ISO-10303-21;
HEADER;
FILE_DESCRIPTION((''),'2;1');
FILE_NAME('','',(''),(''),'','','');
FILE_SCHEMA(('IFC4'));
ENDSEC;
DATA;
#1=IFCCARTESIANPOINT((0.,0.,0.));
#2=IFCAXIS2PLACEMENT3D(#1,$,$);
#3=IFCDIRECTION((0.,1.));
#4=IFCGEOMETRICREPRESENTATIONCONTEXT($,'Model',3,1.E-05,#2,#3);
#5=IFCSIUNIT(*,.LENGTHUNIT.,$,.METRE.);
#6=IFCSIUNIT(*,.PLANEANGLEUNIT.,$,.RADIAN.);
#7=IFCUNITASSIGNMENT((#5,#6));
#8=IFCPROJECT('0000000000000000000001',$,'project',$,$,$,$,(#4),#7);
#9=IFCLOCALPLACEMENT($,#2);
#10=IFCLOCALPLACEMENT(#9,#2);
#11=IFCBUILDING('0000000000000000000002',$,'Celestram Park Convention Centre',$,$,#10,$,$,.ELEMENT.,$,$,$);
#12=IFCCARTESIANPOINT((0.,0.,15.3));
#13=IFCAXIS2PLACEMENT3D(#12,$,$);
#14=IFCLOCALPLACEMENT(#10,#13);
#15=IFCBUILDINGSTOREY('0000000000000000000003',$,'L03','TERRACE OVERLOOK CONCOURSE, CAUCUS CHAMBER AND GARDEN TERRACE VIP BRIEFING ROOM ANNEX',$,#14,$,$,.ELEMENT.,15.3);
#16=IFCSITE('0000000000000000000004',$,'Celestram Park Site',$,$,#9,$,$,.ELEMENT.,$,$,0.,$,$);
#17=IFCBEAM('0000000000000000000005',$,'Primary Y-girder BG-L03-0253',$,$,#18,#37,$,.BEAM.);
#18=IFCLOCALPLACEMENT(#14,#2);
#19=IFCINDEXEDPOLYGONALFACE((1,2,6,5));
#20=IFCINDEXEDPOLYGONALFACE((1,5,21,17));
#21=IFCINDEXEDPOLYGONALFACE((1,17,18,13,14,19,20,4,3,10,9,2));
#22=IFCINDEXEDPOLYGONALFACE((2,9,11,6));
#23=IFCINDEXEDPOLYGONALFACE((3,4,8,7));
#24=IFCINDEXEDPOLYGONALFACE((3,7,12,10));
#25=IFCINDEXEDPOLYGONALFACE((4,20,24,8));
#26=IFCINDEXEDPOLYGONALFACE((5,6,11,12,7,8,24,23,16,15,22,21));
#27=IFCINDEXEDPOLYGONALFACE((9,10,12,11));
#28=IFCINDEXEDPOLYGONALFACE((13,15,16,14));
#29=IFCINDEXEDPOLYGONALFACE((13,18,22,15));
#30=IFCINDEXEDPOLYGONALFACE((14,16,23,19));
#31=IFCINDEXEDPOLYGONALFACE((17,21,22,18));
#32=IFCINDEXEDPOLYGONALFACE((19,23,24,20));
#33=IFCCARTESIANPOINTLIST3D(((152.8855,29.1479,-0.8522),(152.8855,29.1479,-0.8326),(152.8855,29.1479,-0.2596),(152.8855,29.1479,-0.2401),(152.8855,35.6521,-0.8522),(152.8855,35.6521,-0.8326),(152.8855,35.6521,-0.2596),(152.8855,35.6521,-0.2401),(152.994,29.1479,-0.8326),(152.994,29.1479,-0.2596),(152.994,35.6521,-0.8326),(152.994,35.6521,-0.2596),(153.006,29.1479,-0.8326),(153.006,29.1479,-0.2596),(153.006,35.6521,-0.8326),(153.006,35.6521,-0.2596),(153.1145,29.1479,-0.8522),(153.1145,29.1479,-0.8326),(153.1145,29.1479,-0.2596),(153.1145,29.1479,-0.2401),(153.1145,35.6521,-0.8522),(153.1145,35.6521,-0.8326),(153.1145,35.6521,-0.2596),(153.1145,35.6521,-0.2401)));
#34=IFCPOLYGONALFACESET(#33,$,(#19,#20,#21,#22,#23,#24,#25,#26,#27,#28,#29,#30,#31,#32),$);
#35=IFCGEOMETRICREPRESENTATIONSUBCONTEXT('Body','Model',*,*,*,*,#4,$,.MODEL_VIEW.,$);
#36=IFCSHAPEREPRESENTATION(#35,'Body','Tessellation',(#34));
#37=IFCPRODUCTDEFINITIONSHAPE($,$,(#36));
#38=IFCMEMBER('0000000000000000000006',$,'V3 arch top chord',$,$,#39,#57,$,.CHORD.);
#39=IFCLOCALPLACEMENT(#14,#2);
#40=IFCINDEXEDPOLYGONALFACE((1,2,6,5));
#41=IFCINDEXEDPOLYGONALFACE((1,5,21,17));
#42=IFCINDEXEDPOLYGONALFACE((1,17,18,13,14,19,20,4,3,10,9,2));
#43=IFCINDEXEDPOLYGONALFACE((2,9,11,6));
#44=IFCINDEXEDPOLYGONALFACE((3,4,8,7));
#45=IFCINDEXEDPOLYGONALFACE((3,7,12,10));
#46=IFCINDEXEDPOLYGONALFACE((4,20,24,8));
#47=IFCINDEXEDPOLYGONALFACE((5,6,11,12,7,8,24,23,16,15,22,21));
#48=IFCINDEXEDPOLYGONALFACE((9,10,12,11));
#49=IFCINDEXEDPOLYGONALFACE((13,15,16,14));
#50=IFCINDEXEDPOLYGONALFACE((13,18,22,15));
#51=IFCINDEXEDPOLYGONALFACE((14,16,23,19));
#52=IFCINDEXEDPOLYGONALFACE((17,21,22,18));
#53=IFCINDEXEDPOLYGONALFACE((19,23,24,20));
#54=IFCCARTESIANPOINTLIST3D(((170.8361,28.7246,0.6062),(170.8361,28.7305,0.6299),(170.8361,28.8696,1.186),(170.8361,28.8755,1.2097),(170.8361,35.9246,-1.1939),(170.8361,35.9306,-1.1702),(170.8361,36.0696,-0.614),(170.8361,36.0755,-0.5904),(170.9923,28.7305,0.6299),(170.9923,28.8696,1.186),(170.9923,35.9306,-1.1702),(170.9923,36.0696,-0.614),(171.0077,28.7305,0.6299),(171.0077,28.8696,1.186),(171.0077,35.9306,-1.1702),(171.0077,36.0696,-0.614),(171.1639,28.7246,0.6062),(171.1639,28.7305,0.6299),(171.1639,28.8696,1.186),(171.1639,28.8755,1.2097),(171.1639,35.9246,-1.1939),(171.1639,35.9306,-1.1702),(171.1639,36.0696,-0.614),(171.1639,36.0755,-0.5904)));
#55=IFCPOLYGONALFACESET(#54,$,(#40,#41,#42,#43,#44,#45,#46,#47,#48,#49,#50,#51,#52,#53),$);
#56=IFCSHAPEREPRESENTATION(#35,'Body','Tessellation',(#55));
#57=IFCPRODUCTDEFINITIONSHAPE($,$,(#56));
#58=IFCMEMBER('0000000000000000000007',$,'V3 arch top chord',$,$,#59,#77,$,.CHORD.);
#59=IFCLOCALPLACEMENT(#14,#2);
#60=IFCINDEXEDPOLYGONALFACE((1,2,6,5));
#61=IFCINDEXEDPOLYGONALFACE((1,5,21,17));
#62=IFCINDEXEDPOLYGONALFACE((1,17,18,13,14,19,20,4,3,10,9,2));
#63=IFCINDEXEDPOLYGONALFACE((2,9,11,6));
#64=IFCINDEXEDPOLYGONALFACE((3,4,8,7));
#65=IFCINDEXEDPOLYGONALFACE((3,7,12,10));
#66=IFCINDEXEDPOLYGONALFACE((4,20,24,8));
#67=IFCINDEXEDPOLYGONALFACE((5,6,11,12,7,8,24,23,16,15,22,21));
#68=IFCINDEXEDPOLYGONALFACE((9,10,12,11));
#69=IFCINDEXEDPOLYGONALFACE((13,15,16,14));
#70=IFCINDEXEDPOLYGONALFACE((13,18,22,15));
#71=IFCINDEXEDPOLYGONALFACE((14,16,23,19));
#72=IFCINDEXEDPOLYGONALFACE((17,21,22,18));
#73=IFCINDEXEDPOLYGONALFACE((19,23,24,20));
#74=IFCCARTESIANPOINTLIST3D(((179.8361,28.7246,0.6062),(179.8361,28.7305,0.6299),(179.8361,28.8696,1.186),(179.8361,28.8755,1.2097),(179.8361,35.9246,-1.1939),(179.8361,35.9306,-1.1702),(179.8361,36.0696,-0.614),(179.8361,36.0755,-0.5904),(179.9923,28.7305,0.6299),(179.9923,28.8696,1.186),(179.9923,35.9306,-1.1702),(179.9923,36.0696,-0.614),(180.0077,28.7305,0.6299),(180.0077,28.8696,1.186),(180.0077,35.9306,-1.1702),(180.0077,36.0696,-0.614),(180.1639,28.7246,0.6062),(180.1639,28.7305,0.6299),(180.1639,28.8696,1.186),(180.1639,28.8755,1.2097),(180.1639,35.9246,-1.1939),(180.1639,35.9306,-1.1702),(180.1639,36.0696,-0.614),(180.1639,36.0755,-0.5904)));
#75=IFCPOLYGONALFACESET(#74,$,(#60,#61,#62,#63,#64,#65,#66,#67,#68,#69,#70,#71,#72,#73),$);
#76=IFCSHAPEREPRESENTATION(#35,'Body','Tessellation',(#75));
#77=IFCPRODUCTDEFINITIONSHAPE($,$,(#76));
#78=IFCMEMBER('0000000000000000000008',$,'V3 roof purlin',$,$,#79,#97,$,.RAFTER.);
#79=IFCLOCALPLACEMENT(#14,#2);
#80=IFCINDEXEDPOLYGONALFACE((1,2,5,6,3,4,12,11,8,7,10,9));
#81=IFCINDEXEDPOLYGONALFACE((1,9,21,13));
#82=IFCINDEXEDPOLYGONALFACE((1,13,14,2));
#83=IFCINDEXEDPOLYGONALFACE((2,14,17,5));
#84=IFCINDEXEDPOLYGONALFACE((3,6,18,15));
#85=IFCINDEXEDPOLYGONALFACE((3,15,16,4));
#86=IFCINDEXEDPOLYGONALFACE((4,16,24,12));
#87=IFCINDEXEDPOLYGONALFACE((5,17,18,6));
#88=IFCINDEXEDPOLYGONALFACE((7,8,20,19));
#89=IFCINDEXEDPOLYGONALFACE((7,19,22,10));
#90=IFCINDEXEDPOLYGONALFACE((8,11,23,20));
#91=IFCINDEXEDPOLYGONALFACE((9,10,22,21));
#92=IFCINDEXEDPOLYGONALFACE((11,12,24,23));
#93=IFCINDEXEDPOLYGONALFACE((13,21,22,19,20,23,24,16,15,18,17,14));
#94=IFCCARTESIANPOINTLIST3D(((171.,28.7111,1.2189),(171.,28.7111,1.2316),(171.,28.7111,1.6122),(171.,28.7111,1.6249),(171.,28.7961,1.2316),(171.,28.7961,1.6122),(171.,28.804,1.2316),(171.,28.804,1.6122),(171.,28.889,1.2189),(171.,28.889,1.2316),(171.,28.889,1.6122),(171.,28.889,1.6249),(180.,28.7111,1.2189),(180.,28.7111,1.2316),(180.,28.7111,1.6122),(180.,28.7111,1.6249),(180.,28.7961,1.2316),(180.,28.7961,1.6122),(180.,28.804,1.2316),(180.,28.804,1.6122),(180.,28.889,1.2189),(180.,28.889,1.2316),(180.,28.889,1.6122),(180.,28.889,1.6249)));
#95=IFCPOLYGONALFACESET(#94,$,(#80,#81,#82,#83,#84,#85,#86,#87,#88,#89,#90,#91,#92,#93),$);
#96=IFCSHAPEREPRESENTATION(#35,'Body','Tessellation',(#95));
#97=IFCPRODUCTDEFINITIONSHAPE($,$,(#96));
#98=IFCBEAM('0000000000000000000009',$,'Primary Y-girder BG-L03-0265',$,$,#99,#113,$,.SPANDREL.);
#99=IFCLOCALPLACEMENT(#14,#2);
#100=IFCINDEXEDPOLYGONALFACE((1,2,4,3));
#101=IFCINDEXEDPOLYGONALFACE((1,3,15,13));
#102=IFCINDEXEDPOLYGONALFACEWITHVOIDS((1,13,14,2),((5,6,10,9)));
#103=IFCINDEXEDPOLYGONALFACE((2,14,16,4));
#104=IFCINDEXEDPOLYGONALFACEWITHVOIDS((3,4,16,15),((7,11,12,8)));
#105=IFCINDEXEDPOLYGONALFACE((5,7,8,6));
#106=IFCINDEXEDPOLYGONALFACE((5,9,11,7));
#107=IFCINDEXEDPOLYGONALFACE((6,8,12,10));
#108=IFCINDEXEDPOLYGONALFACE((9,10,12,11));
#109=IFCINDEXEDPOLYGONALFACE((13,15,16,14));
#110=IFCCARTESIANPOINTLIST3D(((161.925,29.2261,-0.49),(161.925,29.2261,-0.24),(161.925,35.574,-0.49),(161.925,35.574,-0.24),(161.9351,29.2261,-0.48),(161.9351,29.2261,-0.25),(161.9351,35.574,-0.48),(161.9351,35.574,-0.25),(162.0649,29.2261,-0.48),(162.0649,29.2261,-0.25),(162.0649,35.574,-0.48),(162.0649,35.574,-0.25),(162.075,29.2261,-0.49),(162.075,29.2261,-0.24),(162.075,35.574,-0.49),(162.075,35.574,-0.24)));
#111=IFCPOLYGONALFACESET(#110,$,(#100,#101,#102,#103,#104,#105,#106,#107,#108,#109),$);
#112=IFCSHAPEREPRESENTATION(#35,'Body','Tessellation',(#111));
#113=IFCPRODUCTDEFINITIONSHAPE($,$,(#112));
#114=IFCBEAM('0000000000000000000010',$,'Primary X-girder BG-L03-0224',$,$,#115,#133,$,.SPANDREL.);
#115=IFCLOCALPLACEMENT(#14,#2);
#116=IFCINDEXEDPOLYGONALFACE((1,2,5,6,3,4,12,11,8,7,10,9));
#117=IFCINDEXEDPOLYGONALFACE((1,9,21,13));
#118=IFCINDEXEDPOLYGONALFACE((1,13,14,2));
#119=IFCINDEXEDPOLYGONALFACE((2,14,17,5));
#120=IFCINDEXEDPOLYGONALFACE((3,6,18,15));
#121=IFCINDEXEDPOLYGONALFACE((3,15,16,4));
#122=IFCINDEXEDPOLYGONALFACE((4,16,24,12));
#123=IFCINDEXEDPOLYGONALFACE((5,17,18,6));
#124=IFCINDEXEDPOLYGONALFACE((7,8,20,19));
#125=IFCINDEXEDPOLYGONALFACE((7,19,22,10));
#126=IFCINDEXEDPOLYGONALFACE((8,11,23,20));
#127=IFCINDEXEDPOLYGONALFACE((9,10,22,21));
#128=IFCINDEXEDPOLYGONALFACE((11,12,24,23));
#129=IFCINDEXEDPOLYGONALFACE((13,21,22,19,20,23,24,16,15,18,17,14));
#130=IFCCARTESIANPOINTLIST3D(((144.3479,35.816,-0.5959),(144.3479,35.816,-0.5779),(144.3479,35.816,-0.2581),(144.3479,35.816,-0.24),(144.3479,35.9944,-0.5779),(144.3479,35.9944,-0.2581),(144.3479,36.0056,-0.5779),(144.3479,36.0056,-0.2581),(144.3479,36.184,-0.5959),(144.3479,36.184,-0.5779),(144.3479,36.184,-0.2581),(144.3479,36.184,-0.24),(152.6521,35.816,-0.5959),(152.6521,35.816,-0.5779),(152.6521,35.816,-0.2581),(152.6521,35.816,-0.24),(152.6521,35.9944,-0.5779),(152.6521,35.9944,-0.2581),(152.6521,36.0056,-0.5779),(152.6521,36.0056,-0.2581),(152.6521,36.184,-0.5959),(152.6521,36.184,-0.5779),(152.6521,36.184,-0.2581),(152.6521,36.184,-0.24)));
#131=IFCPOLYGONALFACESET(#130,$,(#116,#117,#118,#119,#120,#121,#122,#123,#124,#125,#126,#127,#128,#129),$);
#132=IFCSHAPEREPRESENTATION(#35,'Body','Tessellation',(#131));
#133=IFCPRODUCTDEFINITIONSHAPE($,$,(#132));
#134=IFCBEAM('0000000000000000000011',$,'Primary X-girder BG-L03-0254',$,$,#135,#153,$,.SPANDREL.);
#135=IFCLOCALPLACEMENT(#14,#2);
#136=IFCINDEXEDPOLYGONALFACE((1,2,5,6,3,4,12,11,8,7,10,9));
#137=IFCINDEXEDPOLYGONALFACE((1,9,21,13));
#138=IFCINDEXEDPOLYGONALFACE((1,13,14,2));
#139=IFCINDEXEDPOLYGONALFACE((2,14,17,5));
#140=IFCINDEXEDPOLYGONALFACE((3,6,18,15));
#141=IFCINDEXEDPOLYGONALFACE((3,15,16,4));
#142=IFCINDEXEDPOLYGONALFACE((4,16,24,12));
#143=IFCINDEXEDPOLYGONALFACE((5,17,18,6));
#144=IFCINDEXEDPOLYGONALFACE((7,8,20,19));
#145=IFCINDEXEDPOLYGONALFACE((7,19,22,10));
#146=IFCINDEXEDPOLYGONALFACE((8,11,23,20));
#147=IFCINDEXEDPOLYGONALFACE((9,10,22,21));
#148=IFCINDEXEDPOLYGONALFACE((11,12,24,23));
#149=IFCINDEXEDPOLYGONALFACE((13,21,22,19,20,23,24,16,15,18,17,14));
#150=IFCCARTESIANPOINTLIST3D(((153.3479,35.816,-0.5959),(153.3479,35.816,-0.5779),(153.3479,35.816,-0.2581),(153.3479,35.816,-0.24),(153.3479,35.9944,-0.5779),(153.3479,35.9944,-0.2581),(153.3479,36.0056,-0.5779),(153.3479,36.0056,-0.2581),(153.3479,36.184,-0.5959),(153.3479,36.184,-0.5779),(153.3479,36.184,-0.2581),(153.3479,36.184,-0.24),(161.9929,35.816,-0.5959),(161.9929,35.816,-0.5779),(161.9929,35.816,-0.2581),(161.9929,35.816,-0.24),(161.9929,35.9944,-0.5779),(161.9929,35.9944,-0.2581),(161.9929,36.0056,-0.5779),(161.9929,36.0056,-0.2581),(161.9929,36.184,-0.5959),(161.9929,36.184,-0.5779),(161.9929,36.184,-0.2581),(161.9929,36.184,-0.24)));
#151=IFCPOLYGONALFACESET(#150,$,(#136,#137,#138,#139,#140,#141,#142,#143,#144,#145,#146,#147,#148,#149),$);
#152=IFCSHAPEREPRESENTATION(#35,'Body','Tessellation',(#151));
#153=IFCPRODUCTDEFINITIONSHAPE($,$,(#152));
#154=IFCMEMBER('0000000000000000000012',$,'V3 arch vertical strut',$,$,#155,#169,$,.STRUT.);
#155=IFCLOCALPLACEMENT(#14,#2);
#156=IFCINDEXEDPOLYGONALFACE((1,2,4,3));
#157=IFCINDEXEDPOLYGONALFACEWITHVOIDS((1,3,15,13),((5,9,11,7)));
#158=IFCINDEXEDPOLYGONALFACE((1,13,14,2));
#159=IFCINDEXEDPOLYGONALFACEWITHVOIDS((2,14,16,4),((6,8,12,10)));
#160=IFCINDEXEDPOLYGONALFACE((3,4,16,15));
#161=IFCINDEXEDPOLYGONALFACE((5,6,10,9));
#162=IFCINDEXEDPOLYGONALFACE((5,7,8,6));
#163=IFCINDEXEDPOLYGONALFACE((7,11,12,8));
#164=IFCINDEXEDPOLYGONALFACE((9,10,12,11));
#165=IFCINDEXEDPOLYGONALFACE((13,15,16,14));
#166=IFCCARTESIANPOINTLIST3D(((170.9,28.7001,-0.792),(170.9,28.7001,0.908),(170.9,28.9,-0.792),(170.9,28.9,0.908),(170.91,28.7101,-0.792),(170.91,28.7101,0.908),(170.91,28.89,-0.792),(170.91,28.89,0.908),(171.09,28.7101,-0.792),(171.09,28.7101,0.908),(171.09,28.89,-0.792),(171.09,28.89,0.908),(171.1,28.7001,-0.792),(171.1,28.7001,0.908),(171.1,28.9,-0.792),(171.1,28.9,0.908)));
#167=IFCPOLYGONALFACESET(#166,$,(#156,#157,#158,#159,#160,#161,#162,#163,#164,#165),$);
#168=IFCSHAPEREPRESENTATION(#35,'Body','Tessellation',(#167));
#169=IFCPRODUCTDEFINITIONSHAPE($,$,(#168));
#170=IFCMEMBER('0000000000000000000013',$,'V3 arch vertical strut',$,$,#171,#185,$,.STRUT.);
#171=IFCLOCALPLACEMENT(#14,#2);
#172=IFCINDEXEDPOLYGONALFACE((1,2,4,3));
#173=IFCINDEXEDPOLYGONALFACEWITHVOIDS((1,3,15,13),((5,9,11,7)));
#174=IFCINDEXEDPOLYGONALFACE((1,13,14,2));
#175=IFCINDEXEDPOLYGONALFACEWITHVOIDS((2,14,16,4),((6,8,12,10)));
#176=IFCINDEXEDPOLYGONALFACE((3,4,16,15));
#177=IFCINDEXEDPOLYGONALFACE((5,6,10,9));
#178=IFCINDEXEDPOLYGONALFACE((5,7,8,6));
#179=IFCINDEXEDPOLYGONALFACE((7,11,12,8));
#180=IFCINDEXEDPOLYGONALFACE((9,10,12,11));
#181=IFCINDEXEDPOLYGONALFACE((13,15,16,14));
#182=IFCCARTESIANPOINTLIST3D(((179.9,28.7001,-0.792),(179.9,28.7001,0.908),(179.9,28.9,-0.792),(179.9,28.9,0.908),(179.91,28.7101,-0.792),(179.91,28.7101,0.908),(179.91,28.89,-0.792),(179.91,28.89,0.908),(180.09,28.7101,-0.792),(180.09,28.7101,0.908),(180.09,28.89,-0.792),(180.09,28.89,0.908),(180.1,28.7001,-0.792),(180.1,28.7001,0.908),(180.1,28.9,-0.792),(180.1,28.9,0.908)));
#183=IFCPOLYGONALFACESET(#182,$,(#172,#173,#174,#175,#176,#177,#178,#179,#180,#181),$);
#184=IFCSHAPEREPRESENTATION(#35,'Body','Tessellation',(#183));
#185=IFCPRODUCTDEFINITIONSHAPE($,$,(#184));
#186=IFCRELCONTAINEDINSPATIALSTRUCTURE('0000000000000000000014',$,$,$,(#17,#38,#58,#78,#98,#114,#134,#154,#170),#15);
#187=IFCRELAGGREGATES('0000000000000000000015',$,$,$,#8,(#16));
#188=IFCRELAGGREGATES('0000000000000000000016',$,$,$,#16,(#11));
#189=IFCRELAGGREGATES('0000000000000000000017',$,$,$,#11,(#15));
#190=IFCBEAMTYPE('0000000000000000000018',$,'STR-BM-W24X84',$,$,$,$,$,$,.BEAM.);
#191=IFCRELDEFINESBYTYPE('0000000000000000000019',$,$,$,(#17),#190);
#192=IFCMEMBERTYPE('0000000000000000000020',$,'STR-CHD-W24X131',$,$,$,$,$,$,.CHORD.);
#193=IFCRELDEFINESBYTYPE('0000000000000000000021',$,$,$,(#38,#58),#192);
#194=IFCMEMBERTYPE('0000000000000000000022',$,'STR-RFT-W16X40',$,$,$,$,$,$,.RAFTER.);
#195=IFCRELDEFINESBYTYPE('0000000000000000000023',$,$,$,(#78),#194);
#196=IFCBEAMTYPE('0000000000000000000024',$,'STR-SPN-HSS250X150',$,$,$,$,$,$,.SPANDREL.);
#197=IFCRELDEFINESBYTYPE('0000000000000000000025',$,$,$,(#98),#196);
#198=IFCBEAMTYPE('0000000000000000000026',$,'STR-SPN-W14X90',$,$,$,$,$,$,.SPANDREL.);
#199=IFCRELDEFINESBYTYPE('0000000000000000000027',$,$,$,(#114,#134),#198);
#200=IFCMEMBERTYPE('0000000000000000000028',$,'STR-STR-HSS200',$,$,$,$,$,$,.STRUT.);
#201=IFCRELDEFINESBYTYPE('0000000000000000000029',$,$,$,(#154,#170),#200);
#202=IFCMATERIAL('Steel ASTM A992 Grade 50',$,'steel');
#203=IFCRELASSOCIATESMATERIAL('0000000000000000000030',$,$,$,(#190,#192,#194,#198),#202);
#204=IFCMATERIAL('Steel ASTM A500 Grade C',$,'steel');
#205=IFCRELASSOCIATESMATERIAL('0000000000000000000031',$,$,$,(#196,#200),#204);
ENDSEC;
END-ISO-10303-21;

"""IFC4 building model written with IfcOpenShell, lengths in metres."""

from ifc_helpers import new_model, si_unit, direction, frame, origin, origin_2d, place, context, subcontext, project, spatial, hollow_rectangle, i_section, extrude, material, material_profile, profile_set, type_object, element, save


model = new_model("IFC4")

# Units and contexts
model_context = context("Model", 3, precision=1e-05, world=origin(), true_north=direction((0.0, 1.0)))
body_context = subcontext(model_context, "Body", "Model", "MODEL_VIEW")
ifc_project = project(units=[si_unit("LENGTHUNIT", "METRE"), si_unit("PLANEANGLEUNIT", "RADIAN")], contexts=[model_context])

# Site, building, storey
site_placement = place(None, origin())
site = spatial("IfcSite", under=ifc_project, at=site_placement, Name="Celestram Park Site", CompositionType="ELEMENT", RefElevation=0.0)
building_placement = place(site_placement, origin())
building = spatial("IfcBuilding", under=site, at=building_placement, Name="Celestram Park Convention Centre", CompositionType="ELEMENT")
storey_placement = place(building_placement, frame((0.0, 0.0, 15.3)))
storey = spatial("IfcBuildingStorey", under=building, at=storey_placement, Name="L03", Description="TERRACE OVERLOOK CONCOURSE, CAUCUS CHAMBER AND GARDEN TERRACE VIP BRIEFING ROOM ANNEX", CompositionType="ELEMENT", Elevation=15.3)

# Beam
ifc_material_1 = material(Name="Steel ASTM A992 Grade 50", Category="steel")
ifc_material_profile_1 = material_profile(ifc_material_1, i_section(OverallWidth=0.229, OverallDepth=0.6121, WebThickness=0.012, FlangeThickness=0.0195, at=origin_2d()), Name="W24X84")
ifc_profile_set_1 = profile_set([ifc_material_profile_1], Name="Steel ASTM A992 Grade 50")
beam_type_1 = type_object("IfcBeamType", Name="STR-BM-W24X84", PredefinedType="BEAM", material=ifc_profile_set_1)
beam_1_placement = place(storey_placement, frame((153.0, 29.1479, -0.5461), z_axis=(0.0, 1.0, 0.0), x_axis=(-1.0, 0.0, 0.0)))
element("IfcBeam", 1, at=beam_1_placement, inside=storey, type_object=beam_type_1, Name="Primary Y-girder BG-L03-0253", PredefinedType="BEAM", context=body_context, shape_type="SweptSolid", body=[
    extrude(i_section(OverallWidth=0.229, OverallDepth=0.6121, WebThickness=0.012, FlangeThickness=0.0195, at=origin_2d()), origin(), (0.0, 0.0, 1.0), 6.5042),
])

# Members
ifc_material_profile_2 = material_profile(ifc_material_1, i_section(OverallWidth=0.3279, OverallDepth=0.6221, WebThickness=0.0154, FlangeThickness=0.0244, at=origin_2d()), Name="W24X131")
ifc_profile_set_2 = profile_set([ifc_material_profile_2], Name="Steel ASTM A992 Grade 50")
member_type_1 = type_object("IfcMemberType", Name="STR-CHD-W24X131", PredefinedType="CHORD", material=ifc_profile_set_2)
for number, where, z_axis, x_axis, name in (
    (2, (171.0, 28.8, 0.908), (0.0, 0.970141, -0.242543), (-1.0, 0.0, 0.0), "V3 arch top chord"),
    (3, (180.0, 28.8, 0.908), (0.0, 0.970141, -0.242543), (-1.0, 0.0, 0.0), "V3 arch top chord"),
):
    element("IfcMember", number, at=place(storey_placement, frame(where, z_axis=z_axis, x_axis=x_axis)), inside=storey, type_object=member_type_1, Name=name, PredefinedType="CHORD", context=body_context, shape_type="SweptSolid", body=[
        extrude(i_section(OverallWidth=0.3279, OverallDepth=0.6221, WebThickness=0.0154, FlangeThickness=0.0244, at=origin_2d()), origin(), (0.0, 0.0, 1.0), 7.4216),
    ])
ifc_material_profile_3 = material_profile(ifc_material_1, i_section(OverallWidth=0.178, OverallDepth=0.406, WebThickness=0.0078, FlangeThickness=0.0127, at=origin_2d()), Name="W16X40")
ifc_profile_set_3 = profile_set([ifc_material_profile_3], Name="Steel ASTM A992 Grade 50")
member_type_2 = type_object("IfcMemberType", Name="STR-RFT-W16X40", PredefinedType="RAFTER", material=ifc_profile_set_3)
member_placement = place(storey_placement, frame((171.0, 28.8, 1.4219), z_axis=(1.0, 0.0, 0.0), x_axis=(0.0, 1.0, 0.0)))
element("IfcMember", 4, at=member_placement, inside=storey, type_object=member_type_2, Name="V3 roof purlin", PredefinedType="RAFTER", context=body_context, shape_type="SweptSolid", body=[
    extrude(i_section(OverallWidth=0.178, OverallDepth=0.406, WebThickness=0.0078, FlangeThickness=0.0127, at=origin_2d()), origin(), (0.0, 0.0, 1.0), 9.0),
])

# Beams
ifc_material_2 = material(Name="Steel ASTM A500 Grade C", Category="steel")
ifc_material_profile_4 = material_profile(ifc_material_2, hollow_rectangle(XDim=0.1499, YDim=0.25, WallThickness=0.01, at=origin_2d()), Name="HSS250X150X10")
ifc_profile_set_4 = profile_set([ifc_material_profile_4], Name="Steel ASTM A500 Grade C")
beam_type_2 = type_object("IfcBeamType", Name="STR-SPN-HSS250X150", PredefinedType="SPANDREL", material=ifc_profile_set_4)
beam_2_placement = place(storey_placement, frame((162.0, 29.2261, -0.365), z_axis=(0.0, 1.0, 0.0), x_axis=(-1.0, 0.0, 0.0)))
element("IfcBeam", 5, at=beam_2_placement, inside=storey, type_object=beam_type_2, Name="Primary Y-girder BG-L03-0265", PredefinedType="SPANDREL", context=body_context, shape_type="SweptSolid", body=[
    extrude(hollow_rectangle(XDim=0.1499, YDim=0.25, WallThickness=0.01, at=origin_2d()), origin(), (0.0, 0.0, 1.0), 6.3479),
])
ifc_material_profile_5 = material_profile(ifc_material_1, i_section(OverallWidth=0.3679, OverallDepth=0.356, WebThickness=0.0112, FlangeThickness=0.0181, at=origin_2d()), Name="W14X90")
ifc_profile_set_5 = profile_set([ifc_material_profile_5], Name="Steel ASTM A992 Grade 50")
beam_type_3 = type_object("IfcBeamType", Name="STR-SPN-W14X90", PredefinedType="SPANDREL", material=ifc_profile_set_5)
beam_3_placement = place(storey_placement, frame((144.3479, 36.0, -0.418), z_axis=(1.0, 0.0, 0.0), x_axis=(0.0, 1.0, 0.0)))
element("IfcBeam", 6, at=beam_3_placement, inside=storey, type_object=beam_type_3, Name="Primary X-girder BG-L03-0224", PredefinedType="SPANDREL", context=body_context, shape_type="SweptSolid", body=[
    extrude(i_section(OverallWidth=0.3679, OverallDepth=0.356, WebThickness=0.0112, FlangeThickness=0.0181, at=origin_2d()), origin(), (0.0, 0.0, 1.0), 8.3042),
])
beam_4_placement = place(storey_placement, frame((153.3479, 36.0, -0.418), z_axis=(1.0, 0.0, 0.0), x_axis=(0.0, 1.0, 0.0)))
element("IfcBeam", 7, at=beam_4_placement, inside=storey, type_object=beam_type_3, Name="Primary X-girder BG-L03-0254", PredefinedType="SPANDREL", context=body_context, shape_type="SweptSolid", body=[
    extrude(i_section(OverallWidth=0.3679, OverallDepth=0.356, WebThickness=0.0112, FlangeThickness=0.0181, at=origin_2d()), origin(), (0.0, 0.0, 1.0), 8.645),
])

# Members
ifc_material_profile_6 = material_profile(ifc_material_2, hollow_rectangle(XDim=0.2, YDim=0.2, WallThickness=0.01, at=origin_2d()), Name="HSS200X200X10")
ifc_profile_set_6 = profile_set([ifc_material_profile_6], Name="Steel ASTM A500 Grade C")
member_type_3 = type_object("IfcMemberType", Name="STR-STR-HSS200", PredefinedType="STRUT", material=ifc_profile_set_6)
for number, where, z_axis, x_axis, name in (
    (8, (171.0, 28.8, -0.792), (0.0, 0.0, 1.0), (1.0, 0.0, 0.0), "V3 arch vertical strut"),
    (9, (180.0, 28.8, -0.792), (0.0, 0.0, 1.0), (1.0, 0.0, 0.0), "V3 arch vertical strut"),
):
    element("IfcMember", number, at=place(storey_placement, frame(where, z_axis=z_axis, x_axis=x_axis)), inside=storey, type_object=member_type_3, Name=name, PredefinedType="STRUT", context=body_context, shape_type="SweptSolid", body=[
        extrude(hollow_rectangle(XDim=0.2, YDim=0.2, WallThickness=0.01, at=origin_2d()), origin(), (0.0, 0.0, 1.0), 1.7),
    ])

save(model, "model.ifc")
